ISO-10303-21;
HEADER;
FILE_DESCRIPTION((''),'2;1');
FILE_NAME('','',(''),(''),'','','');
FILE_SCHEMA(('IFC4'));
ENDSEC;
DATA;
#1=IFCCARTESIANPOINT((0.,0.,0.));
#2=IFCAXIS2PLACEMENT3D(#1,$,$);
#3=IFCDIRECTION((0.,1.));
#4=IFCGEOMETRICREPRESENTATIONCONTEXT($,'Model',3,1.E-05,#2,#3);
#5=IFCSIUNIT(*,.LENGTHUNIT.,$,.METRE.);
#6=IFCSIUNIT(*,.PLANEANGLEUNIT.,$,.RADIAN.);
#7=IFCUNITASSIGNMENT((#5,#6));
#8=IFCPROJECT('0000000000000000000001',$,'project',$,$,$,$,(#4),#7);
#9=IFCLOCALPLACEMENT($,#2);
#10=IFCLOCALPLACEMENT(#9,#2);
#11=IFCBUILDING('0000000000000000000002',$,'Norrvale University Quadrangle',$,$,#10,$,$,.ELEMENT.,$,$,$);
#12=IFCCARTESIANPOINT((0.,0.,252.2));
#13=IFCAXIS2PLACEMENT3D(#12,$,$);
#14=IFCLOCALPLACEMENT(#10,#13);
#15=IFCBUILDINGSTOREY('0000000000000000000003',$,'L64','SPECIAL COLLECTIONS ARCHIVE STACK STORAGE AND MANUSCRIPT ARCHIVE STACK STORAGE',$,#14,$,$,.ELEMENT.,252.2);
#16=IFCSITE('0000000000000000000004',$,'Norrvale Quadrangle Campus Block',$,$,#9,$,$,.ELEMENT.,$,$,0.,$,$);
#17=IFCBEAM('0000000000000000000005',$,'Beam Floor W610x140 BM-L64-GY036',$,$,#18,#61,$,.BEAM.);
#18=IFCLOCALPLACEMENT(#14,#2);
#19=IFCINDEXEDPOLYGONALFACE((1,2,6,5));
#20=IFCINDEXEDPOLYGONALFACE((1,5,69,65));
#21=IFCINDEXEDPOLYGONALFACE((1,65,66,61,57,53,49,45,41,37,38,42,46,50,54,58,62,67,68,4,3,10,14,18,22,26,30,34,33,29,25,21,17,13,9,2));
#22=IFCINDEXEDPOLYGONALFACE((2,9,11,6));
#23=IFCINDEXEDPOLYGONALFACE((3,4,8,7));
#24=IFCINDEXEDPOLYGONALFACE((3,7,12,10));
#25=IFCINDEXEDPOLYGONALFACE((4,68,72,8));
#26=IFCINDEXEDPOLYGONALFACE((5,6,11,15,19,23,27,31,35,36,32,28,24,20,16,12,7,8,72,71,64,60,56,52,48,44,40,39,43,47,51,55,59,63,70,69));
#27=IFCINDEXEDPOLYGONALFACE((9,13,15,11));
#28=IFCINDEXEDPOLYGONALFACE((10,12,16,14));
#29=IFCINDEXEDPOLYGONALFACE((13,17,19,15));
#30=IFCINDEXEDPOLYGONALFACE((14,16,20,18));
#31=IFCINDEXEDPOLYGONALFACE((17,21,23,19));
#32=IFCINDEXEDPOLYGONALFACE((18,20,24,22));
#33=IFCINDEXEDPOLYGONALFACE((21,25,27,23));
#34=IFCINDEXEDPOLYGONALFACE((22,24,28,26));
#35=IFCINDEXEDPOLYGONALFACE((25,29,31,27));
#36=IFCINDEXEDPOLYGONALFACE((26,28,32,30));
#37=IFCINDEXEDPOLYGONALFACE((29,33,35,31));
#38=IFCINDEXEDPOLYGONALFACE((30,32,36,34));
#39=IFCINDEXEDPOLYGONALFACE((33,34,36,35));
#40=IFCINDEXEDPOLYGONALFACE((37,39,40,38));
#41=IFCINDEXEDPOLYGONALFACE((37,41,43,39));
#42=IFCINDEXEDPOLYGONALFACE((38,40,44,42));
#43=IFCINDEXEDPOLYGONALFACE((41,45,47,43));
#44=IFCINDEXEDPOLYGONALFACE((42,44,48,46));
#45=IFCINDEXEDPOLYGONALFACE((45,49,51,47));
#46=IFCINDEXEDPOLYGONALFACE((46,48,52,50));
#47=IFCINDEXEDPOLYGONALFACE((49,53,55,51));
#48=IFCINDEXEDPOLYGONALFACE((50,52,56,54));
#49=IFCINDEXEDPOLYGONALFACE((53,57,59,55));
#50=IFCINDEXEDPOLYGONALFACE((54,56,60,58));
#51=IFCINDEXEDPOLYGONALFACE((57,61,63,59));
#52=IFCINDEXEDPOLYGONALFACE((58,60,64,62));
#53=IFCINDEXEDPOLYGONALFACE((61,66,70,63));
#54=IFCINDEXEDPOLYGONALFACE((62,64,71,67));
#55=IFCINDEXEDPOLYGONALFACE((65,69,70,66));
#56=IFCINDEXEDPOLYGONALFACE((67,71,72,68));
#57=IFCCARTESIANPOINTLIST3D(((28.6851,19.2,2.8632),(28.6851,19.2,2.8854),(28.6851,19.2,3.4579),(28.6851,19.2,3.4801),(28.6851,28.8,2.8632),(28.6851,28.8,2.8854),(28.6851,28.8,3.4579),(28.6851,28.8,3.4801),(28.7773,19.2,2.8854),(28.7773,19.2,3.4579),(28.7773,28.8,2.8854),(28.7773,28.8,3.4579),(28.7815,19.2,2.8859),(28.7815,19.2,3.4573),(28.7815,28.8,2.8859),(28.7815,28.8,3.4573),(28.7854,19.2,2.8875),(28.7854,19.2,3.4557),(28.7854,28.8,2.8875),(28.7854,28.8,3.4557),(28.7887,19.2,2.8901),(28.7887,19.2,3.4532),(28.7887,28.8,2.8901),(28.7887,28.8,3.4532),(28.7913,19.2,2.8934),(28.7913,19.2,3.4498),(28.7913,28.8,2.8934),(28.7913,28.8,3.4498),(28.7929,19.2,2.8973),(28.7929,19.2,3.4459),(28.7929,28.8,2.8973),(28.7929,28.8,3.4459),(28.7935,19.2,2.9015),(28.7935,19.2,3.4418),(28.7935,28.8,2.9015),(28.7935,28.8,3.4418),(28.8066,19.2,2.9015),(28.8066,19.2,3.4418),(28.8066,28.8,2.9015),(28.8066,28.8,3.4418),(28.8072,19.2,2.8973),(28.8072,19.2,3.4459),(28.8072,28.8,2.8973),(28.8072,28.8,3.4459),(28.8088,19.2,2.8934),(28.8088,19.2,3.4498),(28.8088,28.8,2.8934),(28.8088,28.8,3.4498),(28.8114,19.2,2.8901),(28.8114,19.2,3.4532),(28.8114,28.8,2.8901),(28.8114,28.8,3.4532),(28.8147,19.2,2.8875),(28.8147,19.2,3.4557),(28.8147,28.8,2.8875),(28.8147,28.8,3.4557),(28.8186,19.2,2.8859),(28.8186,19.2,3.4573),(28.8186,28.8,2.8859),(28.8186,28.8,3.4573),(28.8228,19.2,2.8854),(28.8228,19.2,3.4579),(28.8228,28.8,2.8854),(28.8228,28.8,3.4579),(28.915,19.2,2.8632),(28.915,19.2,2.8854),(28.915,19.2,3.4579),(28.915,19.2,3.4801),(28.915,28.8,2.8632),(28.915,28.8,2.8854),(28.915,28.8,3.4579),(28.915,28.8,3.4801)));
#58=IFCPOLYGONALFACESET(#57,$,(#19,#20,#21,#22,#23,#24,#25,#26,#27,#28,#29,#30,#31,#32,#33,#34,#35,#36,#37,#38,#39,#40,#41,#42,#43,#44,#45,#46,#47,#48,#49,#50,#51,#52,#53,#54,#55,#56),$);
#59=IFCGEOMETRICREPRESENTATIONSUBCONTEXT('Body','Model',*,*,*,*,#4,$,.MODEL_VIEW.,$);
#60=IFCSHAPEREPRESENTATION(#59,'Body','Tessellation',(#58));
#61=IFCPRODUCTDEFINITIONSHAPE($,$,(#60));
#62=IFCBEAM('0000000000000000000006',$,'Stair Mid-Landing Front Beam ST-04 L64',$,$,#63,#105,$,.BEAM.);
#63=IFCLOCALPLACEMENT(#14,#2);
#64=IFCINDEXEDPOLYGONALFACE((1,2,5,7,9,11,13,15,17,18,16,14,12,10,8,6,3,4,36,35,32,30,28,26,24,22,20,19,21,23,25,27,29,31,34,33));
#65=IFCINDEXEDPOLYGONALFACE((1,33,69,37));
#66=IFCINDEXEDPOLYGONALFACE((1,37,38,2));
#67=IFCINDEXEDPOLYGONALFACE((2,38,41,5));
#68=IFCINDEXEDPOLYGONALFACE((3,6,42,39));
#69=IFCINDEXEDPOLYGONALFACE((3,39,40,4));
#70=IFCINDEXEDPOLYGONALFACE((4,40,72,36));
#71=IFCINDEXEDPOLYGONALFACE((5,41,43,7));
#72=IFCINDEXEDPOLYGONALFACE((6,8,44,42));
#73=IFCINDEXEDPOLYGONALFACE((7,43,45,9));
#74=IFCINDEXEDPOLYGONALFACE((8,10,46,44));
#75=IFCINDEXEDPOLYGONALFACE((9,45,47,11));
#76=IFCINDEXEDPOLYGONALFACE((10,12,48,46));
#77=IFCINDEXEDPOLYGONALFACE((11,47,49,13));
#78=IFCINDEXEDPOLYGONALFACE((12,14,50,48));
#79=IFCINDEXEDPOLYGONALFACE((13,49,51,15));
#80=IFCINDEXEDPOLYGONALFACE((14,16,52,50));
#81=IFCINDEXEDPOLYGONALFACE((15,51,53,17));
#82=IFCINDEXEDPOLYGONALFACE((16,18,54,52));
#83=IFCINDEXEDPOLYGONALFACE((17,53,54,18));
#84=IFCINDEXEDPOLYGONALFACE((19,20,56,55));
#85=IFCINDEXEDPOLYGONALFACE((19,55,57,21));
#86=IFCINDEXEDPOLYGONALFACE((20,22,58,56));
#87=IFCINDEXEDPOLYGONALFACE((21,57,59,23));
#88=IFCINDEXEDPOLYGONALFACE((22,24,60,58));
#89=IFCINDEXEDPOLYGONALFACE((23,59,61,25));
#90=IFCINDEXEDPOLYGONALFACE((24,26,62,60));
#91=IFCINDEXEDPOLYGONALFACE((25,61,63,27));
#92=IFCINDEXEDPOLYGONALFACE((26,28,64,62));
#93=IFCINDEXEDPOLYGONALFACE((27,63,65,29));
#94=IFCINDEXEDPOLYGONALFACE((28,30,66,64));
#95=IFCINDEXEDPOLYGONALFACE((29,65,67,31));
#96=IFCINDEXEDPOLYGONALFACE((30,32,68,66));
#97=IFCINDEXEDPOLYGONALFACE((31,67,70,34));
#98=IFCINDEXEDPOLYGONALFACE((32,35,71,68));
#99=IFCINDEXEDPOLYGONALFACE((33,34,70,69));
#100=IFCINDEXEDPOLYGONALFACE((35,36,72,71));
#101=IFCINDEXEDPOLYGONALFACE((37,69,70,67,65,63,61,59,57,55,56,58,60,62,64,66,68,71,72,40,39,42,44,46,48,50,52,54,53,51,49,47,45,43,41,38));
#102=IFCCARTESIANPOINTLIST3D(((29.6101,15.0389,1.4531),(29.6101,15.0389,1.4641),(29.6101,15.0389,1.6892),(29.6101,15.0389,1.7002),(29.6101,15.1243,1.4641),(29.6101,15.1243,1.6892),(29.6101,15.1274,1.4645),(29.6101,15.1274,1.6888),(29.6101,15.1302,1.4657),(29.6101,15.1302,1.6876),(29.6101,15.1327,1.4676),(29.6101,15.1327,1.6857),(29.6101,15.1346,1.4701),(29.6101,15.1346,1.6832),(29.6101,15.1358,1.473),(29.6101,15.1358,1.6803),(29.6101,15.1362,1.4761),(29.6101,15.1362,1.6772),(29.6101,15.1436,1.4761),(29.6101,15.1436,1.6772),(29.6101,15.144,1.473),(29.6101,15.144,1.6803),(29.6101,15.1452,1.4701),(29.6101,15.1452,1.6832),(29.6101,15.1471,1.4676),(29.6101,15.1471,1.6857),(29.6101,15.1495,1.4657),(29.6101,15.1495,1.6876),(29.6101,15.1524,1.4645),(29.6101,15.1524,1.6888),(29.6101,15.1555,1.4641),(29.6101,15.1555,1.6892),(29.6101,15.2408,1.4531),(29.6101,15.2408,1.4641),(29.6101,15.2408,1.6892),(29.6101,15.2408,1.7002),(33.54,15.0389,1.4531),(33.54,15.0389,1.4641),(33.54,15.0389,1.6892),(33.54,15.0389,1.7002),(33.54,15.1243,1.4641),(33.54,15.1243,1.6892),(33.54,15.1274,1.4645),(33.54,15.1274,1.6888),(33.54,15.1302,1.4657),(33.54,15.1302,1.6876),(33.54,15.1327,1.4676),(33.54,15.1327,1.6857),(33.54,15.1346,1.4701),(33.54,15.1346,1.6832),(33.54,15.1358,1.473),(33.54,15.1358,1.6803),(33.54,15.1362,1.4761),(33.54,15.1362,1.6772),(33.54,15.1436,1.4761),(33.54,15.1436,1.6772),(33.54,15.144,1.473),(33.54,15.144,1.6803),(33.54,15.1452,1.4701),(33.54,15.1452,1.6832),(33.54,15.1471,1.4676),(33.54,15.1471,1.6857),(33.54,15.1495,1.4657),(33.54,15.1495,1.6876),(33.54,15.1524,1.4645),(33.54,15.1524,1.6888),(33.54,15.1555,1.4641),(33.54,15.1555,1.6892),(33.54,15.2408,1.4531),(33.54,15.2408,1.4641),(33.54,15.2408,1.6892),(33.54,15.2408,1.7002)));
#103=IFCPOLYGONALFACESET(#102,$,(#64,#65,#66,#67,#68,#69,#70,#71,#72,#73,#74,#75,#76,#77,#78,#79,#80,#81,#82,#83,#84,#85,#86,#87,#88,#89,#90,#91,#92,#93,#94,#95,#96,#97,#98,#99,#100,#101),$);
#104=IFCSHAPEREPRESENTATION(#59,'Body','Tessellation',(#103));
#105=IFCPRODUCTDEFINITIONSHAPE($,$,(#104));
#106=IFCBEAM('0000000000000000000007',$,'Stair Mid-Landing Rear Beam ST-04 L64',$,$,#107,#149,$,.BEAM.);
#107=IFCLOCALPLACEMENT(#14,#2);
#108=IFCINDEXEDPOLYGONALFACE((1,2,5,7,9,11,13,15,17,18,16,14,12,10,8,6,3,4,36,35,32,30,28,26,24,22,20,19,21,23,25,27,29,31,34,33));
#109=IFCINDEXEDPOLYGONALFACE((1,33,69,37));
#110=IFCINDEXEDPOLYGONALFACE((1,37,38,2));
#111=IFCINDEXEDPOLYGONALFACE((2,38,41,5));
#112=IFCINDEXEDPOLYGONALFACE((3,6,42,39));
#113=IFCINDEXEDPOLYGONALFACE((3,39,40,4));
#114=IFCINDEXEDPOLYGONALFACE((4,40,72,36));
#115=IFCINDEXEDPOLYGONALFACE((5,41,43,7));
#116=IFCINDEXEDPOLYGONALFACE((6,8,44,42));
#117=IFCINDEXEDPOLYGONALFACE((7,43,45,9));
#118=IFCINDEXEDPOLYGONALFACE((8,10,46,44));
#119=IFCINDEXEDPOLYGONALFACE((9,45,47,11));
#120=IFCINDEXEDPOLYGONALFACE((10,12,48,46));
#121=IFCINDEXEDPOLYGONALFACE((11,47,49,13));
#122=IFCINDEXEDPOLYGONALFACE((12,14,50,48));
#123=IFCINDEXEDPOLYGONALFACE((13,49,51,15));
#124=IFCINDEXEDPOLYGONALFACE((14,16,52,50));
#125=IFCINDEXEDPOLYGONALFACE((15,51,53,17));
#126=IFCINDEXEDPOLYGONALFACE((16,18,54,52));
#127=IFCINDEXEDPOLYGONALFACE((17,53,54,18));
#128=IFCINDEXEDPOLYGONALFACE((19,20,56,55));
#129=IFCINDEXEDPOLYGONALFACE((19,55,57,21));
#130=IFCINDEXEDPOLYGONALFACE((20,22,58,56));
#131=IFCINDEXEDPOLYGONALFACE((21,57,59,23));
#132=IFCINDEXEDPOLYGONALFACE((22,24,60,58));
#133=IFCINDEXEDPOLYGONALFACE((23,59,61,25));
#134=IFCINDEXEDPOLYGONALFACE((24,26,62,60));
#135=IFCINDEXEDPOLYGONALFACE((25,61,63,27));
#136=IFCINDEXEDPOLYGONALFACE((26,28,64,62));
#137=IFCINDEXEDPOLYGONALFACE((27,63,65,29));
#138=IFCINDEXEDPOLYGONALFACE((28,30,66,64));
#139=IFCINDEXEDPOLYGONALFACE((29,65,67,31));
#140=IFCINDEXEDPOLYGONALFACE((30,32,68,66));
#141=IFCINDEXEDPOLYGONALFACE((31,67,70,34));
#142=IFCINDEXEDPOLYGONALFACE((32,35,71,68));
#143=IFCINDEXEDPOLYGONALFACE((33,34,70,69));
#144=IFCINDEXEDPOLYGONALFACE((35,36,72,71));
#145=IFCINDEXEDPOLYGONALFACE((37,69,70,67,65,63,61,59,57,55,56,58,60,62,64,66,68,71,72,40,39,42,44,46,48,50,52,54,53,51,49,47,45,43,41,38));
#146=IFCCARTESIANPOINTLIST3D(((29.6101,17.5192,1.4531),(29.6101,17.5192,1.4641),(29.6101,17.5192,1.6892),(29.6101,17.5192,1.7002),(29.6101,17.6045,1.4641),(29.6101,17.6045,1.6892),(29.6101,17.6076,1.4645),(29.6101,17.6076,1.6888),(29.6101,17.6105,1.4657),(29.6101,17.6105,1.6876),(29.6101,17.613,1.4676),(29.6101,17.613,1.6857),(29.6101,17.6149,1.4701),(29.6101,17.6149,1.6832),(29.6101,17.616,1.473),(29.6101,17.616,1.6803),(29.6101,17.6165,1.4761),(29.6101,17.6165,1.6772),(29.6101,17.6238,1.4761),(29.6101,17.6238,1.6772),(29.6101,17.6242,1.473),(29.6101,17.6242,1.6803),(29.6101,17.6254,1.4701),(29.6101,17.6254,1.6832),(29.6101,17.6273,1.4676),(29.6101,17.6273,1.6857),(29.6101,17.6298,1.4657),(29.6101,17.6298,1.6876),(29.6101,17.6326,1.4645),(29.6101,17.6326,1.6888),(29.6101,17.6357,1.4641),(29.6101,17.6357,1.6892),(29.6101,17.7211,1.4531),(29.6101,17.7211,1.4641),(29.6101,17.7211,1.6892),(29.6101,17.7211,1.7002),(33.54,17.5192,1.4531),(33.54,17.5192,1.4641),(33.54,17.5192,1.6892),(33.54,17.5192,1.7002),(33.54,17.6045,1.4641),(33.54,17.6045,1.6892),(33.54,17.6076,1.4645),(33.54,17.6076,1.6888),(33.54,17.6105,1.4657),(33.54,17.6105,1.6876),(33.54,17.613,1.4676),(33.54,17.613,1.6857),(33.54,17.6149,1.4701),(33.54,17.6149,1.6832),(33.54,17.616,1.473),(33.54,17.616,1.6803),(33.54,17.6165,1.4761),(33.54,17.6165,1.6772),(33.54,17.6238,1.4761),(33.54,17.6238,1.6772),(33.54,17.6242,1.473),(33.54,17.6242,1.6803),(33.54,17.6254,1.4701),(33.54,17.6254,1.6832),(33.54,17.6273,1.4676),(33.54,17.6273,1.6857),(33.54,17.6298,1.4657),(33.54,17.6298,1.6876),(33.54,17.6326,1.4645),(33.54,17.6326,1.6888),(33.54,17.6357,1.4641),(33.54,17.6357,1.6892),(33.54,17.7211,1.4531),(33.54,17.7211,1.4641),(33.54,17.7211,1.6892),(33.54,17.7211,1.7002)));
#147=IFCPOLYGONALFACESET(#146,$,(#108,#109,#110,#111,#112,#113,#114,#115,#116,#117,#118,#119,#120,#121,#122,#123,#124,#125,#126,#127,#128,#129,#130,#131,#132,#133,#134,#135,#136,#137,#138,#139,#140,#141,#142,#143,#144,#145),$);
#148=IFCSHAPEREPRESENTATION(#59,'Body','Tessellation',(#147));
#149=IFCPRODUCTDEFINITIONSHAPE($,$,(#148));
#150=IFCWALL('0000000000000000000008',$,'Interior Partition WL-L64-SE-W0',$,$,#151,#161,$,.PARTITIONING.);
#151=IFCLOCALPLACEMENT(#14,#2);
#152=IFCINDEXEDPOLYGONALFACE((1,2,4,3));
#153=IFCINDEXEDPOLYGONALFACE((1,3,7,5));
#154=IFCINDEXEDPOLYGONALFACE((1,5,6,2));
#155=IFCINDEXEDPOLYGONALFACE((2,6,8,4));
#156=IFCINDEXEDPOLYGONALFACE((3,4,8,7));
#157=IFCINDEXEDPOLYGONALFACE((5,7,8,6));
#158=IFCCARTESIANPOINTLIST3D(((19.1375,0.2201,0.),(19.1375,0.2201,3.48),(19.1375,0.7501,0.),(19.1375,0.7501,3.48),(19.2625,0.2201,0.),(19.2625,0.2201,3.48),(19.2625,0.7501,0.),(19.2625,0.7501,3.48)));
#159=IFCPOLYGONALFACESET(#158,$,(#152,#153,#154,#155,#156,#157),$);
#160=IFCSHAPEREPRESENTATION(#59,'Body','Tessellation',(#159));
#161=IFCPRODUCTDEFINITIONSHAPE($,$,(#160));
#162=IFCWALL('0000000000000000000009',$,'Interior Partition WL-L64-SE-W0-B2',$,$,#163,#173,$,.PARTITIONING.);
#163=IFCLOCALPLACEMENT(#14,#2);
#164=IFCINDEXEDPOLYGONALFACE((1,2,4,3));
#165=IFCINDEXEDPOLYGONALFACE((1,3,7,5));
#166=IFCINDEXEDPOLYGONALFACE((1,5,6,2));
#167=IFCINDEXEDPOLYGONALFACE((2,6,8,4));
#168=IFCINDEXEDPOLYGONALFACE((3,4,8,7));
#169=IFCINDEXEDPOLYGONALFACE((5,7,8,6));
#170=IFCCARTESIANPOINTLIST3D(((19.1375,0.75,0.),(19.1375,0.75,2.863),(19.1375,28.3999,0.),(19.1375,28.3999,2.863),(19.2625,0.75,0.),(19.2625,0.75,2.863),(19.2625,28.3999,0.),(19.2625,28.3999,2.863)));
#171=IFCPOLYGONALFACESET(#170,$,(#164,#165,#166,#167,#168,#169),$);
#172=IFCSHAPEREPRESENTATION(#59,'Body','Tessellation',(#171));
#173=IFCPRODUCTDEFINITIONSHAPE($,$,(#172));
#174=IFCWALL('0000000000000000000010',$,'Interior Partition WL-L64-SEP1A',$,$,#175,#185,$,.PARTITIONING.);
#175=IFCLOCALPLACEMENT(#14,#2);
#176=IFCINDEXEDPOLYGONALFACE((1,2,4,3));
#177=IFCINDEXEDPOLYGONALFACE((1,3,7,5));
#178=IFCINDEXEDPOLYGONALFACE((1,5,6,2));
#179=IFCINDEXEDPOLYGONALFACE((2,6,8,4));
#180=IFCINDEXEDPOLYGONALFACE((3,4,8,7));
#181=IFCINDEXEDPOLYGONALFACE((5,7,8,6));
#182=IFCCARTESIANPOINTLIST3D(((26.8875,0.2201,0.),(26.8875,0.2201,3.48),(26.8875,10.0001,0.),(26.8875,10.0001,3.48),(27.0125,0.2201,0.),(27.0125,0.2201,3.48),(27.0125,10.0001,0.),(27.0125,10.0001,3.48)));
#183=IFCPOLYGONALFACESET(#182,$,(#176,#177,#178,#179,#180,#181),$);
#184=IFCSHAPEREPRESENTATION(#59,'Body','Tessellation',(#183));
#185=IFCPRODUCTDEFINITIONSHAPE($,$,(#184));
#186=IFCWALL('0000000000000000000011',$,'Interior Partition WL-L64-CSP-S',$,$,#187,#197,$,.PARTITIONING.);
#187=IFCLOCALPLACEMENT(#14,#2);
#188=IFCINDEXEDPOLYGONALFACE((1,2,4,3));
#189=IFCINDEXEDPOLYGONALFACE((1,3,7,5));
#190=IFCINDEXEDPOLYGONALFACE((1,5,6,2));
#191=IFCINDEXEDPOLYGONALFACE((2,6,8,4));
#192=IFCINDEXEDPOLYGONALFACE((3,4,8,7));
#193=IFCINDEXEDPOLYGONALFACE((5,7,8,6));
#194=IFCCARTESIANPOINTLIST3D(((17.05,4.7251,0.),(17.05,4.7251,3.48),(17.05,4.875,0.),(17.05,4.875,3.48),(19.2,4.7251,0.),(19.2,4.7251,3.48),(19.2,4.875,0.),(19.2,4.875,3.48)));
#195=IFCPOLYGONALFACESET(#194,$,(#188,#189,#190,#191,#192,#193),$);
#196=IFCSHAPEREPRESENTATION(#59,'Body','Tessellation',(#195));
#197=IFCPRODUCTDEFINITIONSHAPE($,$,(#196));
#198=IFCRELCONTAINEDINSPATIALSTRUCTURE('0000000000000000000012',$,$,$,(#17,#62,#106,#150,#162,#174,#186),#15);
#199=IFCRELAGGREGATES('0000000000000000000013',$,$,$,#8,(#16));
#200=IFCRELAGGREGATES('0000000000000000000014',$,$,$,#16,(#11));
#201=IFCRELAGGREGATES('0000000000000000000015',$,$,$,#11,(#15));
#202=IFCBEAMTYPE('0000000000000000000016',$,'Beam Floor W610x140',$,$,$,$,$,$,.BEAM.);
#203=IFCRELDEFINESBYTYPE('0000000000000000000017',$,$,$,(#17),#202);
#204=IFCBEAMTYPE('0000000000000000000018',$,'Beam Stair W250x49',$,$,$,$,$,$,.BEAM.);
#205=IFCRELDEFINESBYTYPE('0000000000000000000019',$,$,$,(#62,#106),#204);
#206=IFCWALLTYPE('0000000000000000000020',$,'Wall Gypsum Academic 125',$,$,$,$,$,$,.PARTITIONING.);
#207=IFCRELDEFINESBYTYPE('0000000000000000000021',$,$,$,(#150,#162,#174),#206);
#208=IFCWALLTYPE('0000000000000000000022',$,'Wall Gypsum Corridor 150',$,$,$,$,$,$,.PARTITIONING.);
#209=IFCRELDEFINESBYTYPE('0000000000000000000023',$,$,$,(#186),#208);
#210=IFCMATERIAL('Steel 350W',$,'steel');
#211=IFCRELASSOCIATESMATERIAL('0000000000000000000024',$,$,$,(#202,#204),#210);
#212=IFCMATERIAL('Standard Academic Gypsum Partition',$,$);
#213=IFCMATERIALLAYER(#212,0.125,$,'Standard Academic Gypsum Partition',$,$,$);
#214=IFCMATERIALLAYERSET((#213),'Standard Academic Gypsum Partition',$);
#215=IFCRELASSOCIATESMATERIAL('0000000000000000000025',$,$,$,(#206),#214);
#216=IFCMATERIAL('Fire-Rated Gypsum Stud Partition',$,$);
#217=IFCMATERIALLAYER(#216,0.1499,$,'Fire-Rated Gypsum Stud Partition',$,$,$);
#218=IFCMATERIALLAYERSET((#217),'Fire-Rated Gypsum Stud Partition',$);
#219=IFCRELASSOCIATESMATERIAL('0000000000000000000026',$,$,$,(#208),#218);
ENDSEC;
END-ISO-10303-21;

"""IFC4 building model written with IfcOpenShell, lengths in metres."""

from ifc_helpers import new_model, si_unit, direction, frame, frame_2d, origin, origin_2d, place, context, subcontext, project, spatial, rectangle, i_section, extrude, material, layer, layer_set, material_profile, profile_set, type_object, element, save


model = new_model("IFC4")

# Units and contexts
model_context = context("Model", 3, precision=1e-05, world=origin(), true_north=direction((0.0, 1.0)))
body_context = subcontext(model_context, "Body", "Model", "MODEL_VIEW")
ifc_project = project(units=[si_unit("LENGTHUNIT", "METRE"), si_unit("PLANEANGLEUNIT", "RADIAN")], contexts=[model_context])

# Site, building, storey
site_placement = place(None, origin())
site = spatial("IfcSite", under=ifc_project, at=site_placement, Name="Norrvale Quadrangle Campus Block", CompositionType="ELEMENT", RefElevation=0.0)
building_placement = place(site_placement, origin())
building = spatial("IfcBuilding", under=site, at=building_placement, Name="Norrvale University Quadrangle", CompositionType="ELEMENT")
storey_placement = place(building_placement, frame((0.0, 0.0, 252.2)))
storey = spatial("IfcBuildingStorey", under=building, at=storey_placement, Name="L64", Description="SPECIAL COLLECTIONS ARCHIVE STACK STORAGE AND MANUSCRIPT ARCHIVE STACK STORAGE", CompositionType="ELEMENT", Elevation=252.2)

# Beams
ifc_material_1 = material(Name="Steel 350W", Category="steel")
ifc_material_profile_1 = material_profile(ifc_material_1, i_section(OverallWidth=0.23, OverallDepth=0.6169, WebThickness=0.0132, FlangeThickness=0.0222, FilletRadius=0.0161, at=origin_2d()), Name="Steel 350W")
ifc_profile_set_1 = profile_set([ifc_material_profile_1], Name="Steel 350W")
beam_type_1 = type_object("IfcBeamType", Name="Beam Floor W610x140", PredefinedType="BEAM", material=ifc_profile_set_1)
beam_1_placement = place(storey_placement, frame((28.8, 19.2, 3.1716), z_axis=(0.0, 1.0, 0.0), x_axis=(-1.0, 0.0, 0.0)))
element("IfcBeam", 1, at=beam_1_placement, inside=storey, type_object=beam_type_1, Name="Beam Floor W610x140 BM-L64-GY036", PredefinedType="BEAM", context=body_context, shape_type="SweptSolid", body=[
    extrude(i_section(OverallWidth=0.23, OverallDepth=0.6169, WebThickness=0.0132, FlangeThickness=0.0222, FilletRadius=0.0161, at=origin_2d()), origin(), (0.0, 0.0, 1.0), 9.6001),
])
ifc_material_profile_2 = material_profile(ifc_material_1, i_section(OverallWidth=0.2019, OverallDepth=0.2471, WebThickness=0.0073, FlangeThickness=0.011, FilletRadius=0.012, at=origin_2d()), Name="Steel 350W")
ifc_profile_set_2 = profile_set([ifc_material_profile_2], Name="Steel 350W")
beam_type_2 = type_object("IfcBeamType", Name="Beam Stair W250x49", PredefinedType="BEAM", material=ifc_profile_set_2)
for number, where, z_axis, x_axis, name in (
    (2, (29.6101, 15.1399, 1.5767), (1.0, 0.0, 0.0), (0.0, 1.0, 0.0), "Stair Mid-Landing Front Beam ST-04 L64"),
    (3, (29.6101, 17.6201, 1.5767), (1.0, 0.0, 0.0), (0.0, 1.0, 0.0), "Stair Mid-Landing Rear Beam ST-04 L64"),
):
    element("IfcBeam", number, at=place(storey_placement, frame(where, z_axis=z_axis, x_axis=x_axis)), inside=storey, type_object=beam_type_2, Name=name, PredefinedType="BEAM", context=body_context, shape_type="SweptSolid", body=[
        extrude(i_section(OverallWidth=0.2019, OverallDepth=0.2471, WebThickness=0.0073, FlangeThickness=0.011, FilletRadius=0.012, at=origin_2d()), origin(), (0.0, 0.0, 1.0), 3.9299),
    ])

# Walls
ifc_material_2 = material(Name="Standard Academic Gypsum Partition")
ifc_layer_1 = layer(ifc_material_2, 0.125, Name="Standard Academic Gypsum Partition")
ifc_layer_set_1 = layer_set([ifc_layer_1], Name="Standard Academic Gypsum Partition")
wall_type_1 = type_object("IfcWallType", Name="Wall Gypsum Academic 125", PredefinedType="PARTITIONING", material=ifc_layer_set_1)
wall_1_placement = place(storey_placement, frame((19.2, 0.22, 0.0), z_axis=(0.0, 0.0, 1.0), x_axis=(0.0, 1.0, 0.0)))
element("IfcWall", 4, at=wall_1_placement, inside=storey, type_object=wall_type_1, Name="Interior Partition WL-L64-SE-W0", PredefinedType="PARTITIONING", context=body_context, shape_type="SweptSolid", body=[
    extrude(rectangle(XDim=0.53, YDim=0.125, at=frame_2d((0.2651, 0.0))), origin(), (0.0, 0.0, 1.0), 3.48),
])
wall_2_placement = place(storey_placement, frame((19.2, 0.75, 0.0), z_axis=(0.0, 0.0, 1.0), x_axis=(0.0, 1.0, 0.0)))
element("IfcWall", 5, at=wall_2_placement, inside=storey, type_object=wall_type_1, Name="Interior Partition WL-L64-SE-W0-B2", PredefinedType="PARTITIONING", context=body_context, shape_type="SweptSolid", body=[
    extrude(rectangle(XDim=27.6499, YDim=0.125, at=frame_2d((13.825, 0.0))), origin(), (0.0, 0.0, 1.0), 2.863),
])
wall_3_placement = place(storey_placement, frame((26.95, 0.22, 0.0), z_axis=(0.0, 0.0, 1.0), x_axis=(0.0, 1.0, 0.0)))
element("IfcWall", 6, at=wall_3_placement, inside=storey, type_object=wall_type_1, Name="Interior Partition WL-L64-SEP1A", PredefinedType="PARTITIONING", context=body_context, shape_type="SweptSolid", body=[
    extrude(rectangle(XDim=9.78, YDim=0.125, at=frame_2d((4.8901, 0.0))), origin(), (0.0, 0.0, 1.0), 3.48),
])
ifc_material_3 = material(Name="Fire-Rated Gypsum Stud Partition")
ifc_layer_2 = layer(ifc_material_3, 0.1499, Name="Fire-Rated Gypsum Stud Partition")
ifc_layer_set_2 = layer_set([ifc_layer_2], Name="Fire-Rated Gypsum Stud Partition")
wall_type_2 = type_object("IfcWallType", Name="Wall Gypsum Corridor 150", PredefinedType="PARTITIONING", material=ifc_layer_set_2)
wall_4_placement = place(storey_placement, frame((17.05, 4.8, 0.0), z_axis=(0.0, 0.0, 1.0), x_axis=(1.0, 0.0, 0.0)))
element("IfcWall", 7, at=wall_4_placement, inside=storey, type_object=wall_type_2, Name="Interior Partition WL-L64-CSP-S", PredefinedType="PARTITIONING", context=body_context, shape_type="SweptSolid", body=[
    extrude(rectangle(XDim=2.1499, YDim=0.1499, at=frame_2d((1.075, 0.0))), origin(), (0.0, 0.0, 1.0), 3.48),
])

save(model, "model.ifc")
